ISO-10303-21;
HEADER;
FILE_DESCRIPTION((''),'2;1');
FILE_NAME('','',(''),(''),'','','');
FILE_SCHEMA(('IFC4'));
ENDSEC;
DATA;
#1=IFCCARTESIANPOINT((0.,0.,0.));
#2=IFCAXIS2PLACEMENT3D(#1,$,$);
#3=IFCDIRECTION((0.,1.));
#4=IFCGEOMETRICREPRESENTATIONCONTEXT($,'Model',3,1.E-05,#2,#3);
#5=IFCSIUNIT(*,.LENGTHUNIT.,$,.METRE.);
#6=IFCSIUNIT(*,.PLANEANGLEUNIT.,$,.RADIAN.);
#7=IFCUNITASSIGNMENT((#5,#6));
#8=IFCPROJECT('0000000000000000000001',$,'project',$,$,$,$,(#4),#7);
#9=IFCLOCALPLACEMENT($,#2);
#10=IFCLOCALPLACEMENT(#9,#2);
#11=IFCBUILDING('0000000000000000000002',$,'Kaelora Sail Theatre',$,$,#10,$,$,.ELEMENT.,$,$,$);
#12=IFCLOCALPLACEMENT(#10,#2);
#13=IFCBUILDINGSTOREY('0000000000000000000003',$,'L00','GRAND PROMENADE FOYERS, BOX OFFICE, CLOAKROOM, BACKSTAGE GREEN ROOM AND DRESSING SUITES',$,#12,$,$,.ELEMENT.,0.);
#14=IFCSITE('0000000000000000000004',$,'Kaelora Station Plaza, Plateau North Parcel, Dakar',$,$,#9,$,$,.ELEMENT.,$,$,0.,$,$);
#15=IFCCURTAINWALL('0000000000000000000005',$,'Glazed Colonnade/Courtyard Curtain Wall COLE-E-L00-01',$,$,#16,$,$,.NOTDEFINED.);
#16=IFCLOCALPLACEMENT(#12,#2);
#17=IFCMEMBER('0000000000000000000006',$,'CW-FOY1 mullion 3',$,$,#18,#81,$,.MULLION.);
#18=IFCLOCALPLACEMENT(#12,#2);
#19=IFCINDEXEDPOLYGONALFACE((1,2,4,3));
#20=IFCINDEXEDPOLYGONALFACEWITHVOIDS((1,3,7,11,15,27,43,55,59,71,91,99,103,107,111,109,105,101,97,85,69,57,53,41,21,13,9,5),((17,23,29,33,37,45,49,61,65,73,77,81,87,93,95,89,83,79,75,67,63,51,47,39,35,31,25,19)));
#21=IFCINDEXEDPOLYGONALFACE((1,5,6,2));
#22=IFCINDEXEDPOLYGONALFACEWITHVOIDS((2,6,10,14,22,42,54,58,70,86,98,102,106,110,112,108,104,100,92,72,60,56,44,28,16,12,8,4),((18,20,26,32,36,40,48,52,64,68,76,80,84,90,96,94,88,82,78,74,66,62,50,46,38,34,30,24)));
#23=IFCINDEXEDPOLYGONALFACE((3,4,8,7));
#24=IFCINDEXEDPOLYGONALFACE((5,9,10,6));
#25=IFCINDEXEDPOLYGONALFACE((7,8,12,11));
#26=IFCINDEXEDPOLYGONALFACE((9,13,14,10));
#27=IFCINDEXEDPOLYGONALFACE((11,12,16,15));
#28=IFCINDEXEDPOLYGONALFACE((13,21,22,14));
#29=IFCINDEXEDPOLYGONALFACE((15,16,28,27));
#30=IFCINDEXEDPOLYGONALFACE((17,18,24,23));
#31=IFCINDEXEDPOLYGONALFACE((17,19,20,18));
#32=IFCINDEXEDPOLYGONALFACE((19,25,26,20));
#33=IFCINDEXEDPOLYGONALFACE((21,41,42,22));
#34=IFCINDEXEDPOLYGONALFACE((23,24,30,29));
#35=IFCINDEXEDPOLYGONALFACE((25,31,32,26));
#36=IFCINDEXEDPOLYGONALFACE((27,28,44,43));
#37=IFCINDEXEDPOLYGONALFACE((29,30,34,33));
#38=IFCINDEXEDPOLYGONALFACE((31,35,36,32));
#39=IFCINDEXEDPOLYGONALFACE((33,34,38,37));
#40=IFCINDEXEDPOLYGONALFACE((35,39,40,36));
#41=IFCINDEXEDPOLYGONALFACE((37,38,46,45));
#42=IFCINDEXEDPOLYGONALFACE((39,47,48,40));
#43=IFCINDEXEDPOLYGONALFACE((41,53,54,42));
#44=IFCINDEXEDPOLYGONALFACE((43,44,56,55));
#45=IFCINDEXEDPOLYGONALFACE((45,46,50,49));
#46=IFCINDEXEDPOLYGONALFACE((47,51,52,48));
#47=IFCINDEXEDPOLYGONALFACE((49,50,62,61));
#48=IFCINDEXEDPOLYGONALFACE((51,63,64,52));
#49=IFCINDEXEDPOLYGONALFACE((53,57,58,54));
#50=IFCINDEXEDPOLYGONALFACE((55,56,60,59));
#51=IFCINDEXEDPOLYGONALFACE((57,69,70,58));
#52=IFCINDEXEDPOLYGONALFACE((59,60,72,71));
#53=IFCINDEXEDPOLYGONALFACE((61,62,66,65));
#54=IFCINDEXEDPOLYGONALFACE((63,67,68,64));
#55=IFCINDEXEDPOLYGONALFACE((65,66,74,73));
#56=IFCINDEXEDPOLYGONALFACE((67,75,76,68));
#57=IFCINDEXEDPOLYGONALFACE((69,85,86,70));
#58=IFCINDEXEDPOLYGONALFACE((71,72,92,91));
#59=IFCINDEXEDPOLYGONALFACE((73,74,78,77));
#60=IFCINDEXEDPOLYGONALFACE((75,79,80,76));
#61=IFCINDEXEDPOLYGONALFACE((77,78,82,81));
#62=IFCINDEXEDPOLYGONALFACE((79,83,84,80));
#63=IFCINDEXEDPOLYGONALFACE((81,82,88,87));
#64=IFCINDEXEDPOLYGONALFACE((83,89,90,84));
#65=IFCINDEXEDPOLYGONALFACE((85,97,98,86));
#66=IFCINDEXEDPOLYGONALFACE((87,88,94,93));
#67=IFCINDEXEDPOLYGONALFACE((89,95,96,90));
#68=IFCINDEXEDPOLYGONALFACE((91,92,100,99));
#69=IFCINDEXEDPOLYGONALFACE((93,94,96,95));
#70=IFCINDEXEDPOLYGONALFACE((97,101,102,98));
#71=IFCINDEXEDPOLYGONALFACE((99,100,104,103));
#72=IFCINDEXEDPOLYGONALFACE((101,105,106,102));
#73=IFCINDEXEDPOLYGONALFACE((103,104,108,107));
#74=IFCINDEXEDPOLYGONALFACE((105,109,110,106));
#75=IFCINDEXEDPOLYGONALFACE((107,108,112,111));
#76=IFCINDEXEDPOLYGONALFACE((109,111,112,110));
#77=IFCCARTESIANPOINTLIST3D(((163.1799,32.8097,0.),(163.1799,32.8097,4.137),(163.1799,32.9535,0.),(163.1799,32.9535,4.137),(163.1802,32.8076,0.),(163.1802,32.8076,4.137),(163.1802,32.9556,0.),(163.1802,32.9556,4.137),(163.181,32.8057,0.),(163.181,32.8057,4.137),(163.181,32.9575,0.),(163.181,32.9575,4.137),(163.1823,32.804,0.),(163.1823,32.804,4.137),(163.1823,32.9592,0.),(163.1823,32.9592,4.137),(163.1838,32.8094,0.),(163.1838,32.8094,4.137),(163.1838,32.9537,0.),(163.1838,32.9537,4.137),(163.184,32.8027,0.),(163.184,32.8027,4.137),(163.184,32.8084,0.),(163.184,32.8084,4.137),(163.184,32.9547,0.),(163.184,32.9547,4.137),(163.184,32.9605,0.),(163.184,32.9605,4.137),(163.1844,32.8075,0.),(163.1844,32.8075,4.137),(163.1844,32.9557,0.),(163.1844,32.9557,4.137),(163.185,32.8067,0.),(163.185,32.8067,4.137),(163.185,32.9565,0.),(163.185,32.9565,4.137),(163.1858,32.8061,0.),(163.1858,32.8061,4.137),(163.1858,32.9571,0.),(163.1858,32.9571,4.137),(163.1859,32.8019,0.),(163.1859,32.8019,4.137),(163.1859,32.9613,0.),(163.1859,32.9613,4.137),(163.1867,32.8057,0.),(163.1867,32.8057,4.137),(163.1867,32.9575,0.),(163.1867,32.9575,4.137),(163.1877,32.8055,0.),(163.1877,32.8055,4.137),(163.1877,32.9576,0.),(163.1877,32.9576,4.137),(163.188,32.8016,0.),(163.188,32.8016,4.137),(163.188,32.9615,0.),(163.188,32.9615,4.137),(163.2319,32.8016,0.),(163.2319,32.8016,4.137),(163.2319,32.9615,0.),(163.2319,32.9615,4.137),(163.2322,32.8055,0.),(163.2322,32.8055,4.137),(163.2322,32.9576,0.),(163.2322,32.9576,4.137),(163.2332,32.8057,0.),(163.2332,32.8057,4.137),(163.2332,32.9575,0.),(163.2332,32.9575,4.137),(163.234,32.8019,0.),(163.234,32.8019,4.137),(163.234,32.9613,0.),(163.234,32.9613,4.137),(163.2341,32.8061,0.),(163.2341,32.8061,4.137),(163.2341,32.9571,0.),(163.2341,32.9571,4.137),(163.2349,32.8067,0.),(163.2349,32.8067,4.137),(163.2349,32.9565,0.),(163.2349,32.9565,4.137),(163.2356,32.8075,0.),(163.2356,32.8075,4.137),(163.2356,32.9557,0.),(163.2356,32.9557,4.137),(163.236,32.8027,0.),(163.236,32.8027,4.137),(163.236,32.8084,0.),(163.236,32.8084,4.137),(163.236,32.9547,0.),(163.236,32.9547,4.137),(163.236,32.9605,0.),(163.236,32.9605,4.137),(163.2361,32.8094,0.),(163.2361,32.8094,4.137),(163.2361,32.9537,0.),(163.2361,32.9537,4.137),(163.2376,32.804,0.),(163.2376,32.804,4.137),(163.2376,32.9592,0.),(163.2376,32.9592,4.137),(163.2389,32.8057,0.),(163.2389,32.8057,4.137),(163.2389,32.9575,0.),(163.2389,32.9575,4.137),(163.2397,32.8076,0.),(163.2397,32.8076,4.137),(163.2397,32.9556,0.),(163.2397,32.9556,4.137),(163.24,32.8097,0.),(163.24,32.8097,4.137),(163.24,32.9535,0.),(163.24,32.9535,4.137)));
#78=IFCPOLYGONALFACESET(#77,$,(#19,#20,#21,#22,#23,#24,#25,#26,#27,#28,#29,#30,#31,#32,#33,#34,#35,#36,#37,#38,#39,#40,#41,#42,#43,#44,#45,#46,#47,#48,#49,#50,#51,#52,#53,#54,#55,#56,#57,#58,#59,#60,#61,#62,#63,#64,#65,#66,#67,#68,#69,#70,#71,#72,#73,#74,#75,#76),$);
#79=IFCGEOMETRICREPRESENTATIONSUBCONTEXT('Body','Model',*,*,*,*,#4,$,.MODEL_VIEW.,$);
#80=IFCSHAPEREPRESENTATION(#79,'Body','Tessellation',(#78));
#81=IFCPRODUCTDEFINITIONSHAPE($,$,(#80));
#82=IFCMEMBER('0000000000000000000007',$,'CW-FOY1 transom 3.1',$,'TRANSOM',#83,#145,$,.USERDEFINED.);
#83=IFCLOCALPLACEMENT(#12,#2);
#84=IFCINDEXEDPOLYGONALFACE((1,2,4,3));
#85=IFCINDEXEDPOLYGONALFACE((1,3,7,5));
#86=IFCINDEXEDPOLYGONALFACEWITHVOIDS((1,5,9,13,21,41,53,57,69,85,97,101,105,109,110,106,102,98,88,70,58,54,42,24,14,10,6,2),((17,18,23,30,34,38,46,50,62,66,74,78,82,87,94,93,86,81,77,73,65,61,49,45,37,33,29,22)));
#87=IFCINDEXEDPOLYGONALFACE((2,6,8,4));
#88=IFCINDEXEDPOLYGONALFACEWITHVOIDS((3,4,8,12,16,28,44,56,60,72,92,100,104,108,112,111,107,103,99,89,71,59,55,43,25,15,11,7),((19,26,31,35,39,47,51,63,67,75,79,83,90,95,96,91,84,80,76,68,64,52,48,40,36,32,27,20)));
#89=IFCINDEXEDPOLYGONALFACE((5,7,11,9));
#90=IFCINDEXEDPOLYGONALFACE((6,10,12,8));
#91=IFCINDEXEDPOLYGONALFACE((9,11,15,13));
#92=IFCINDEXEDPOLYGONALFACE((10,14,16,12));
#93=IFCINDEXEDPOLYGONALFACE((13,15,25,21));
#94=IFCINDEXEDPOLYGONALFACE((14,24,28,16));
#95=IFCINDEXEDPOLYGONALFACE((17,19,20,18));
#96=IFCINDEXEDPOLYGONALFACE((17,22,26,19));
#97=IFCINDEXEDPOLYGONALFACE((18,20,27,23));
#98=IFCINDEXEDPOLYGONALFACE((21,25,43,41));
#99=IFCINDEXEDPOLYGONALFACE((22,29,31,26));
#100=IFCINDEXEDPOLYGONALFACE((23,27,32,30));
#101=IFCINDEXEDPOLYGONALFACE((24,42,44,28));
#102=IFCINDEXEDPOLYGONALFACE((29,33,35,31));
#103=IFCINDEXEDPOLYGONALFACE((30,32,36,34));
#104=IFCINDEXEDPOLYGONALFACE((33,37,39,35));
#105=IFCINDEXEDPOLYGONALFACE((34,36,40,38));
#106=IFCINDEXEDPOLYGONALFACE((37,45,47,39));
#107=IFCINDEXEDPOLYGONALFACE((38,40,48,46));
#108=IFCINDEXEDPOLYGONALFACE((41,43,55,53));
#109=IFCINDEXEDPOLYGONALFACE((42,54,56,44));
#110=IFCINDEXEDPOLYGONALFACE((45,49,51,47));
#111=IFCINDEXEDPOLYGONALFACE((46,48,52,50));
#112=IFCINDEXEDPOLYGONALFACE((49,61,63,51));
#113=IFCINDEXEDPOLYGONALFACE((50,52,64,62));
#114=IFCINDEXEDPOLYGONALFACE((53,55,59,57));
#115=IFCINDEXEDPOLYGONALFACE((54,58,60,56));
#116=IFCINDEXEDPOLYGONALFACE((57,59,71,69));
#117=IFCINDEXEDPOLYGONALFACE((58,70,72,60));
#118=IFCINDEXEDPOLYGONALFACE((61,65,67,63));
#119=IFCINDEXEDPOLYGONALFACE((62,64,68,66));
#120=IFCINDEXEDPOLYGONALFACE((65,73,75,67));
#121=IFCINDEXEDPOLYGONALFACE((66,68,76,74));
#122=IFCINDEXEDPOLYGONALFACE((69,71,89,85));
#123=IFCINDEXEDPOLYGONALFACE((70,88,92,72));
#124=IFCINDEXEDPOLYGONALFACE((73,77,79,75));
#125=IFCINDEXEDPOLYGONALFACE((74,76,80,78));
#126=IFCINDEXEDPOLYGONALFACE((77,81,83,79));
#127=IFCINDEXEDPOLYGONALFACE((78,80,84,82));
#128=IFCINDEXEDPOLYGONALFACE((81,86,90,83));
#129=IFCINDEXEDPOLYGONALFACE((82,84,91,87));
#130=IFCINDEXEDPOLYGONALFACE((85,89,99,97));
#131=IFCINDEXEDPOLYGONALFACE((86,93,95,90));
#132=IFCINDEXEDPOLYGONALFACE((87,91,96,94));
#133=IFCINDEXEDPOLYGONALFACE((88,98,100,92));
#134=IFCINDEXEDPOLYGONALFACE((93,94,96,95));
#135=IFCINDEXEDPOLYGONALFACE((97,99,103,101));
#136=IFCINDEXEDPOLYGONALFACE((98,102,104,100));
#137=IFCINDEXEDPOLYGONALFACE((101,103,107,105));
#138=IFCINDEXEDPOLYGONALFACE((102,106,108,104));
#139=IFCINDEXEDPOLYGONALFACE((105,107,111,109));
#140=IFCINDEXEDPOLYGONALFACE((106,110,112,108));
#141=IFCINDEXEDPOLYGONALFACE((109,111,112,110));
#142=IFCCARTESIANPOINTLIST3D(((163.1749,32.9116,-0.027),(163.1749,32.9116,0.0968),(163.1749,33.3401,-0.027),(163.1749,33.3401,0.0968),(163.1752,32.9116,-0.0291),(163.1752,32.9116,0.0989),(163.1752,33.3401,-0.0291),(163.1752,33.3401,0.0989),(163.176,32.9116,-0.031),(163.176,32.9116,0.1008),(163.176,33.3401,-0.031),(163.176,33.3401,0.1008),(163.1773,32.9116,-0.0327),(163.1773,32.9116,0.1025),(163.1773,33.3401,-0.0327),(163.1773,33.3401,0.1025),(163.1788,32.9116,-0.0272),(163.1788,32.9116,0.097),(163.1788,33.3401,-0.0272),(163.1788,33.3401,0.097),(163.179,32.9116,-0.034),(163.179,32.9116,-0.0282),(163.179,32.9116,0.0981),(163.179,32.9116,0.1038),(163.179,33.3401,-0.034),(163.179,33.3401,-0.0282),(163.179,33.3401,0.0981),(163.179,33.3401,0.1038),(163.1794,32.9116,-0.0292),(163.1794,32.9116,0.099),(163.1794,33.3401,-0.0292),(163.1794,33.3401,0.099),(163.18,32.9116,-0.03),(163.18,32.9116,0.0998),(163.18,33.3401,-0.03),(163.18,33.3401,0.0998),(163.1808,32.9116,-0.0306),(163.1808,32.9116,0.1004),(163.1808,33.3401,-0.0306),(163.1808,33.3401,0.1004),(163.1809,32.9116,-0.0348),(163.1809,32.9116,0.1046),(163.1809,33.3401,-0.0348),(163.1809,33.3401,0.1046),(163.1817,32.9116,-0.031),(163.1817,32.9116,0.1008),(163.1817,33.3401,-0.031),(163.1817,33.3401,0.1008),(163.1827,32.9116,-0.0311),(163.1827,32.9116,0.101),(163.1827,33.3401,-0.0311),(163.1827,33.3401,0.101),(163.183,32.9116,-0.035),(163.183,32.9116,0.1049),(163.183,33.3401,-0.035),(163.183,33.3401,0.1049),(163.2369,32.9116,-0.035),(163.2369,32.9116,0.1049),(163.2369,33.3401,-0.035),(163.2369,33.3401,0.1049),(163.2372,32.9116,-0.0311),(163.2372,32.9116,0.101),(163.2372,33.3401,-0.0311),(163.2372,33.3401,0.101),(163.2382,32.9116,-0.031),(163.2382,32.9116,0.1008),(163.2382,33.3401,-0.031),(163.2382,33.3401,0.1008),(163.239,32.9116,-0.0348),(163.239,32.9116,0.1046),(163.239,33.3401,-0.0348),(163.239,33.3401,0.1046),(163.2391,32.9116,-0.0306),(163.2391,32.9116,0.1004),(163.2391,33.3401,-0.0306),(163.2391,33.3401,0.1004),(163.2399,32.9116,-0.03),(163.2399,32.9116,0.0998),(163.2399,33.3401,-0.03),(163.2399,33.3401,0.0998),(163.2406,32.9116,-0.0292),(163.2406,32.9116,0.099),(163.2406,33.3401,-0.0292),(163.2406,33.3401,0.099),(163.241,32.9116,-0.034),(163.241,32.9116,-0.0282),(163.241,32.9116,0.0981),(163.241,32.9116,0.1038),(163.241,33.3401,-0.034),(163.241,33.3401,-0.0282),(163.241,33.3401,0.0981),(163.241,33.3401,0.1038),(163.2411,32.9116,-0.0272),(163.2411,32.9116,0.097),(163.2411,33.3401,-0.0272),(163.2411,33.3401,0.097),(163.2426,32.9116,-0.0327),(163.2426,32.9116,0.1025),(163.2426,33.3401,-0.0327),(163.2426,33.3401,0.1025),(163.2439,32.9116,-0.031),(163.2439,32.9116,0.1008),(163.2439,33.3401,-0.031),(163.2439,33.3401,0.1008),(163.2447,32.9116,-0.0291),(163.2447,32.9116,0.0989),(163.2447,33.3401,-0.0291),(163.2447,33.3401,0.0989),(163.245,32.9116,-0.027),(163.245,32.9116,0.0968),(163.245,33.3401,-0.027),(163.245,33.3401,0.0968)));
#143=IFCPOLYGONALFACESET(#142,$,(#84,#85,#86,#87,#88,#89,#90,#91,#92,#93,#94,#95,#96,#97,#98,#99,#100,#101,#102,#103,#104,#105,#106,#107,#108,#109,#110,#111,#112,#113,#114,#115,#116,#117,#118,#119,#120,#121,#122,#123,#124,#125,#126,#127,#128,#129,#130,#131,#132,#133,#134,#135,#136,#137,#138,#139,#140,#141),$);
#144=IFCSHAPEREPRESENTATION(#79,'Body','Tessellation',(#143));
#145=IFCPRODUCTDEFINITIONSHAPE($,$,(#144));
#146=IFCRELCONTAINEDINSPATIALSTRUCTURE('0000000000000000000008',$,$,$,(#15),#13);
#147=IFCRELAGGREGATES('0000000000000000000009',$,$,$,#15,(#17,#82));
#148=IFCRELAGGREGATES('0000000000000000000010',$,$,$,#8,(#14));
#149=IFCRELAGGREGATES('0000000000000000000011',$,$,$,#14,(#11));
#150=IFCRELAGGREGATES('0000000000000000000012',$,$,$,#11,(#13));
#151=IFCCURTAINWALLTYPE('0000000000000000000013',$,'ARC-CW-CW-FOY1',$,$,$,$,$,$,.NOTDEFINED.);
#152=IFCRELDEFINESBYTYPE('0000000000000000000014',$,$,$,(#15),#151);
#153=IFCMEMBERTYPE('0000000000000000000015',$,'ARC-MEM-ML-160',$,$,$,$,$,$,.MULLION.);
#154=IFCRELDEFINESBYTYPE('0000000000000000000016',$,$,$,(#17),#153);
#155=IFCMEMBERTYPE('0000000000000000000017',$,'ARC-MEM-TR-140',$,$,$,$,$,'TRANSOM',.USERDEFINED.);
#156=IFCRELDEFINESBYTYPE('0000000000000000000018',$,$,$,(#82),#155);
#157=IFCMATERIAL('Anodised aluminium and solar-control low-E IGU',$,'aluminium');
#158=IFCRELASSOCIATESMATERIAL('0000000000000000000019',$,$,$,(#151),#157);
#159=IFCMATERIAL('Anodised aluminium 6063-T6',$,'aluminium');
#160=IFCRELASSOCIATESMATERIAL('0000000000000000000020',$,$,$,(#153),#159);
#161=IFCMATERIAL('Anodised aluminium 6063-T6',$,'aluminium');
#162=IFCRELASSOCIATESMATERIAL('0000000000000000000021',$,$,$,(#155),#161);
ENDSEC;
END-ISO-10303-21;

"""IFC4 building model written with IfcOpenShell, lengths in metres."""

from ifc_helpers import new_model, si_unit, direction, frame, origin, origin_2d, place, context, subcontext, project, spatial, hollow_rectangle, extrude, material, material_profile, profile_set, type_object, element, aggregate, save


model = new_model("IFC4")

# Units and contexts
model_context = context("Model", 3, precision=1e-05, world=origin(), true_north=direction((0.0, 1.0)))
body_context = subcontext(model_context, "Body", "Model", "MODEL_VIEW")
ifc_project = project(units=[si_unit("LENGTHUNIT", "METRE"), si_unit("PLANEANGLEUNIT", "RADIAN")], contexts=[model_context])

# Site, building, storey
site_placement = place(None, origin())
site = spatial("IfcSite", under=ifc_project, at=site_placement, Name="Kaelora Station Plaza, Plateau North Parcel, Dakar", CompositionType="ELEMENT", RefElevation=0.0)
building_placement = place(site_placement, origin())
building = spatial("IfcBuilding", under=site, at=building_placement, Name="Kaelora Sail Theatre", CompositionType="ELEMENT")
storey_placement = place(building_placement, origin())
storey = spatial("IfcBuildingStorey", under=building, at=storey_placement, Name="L00", Description="GRAND PROMENADE FOYERS, BOX OFFICE, CLOAKROOM, BACKSTAGE GREEN ROOM AND DRESSING SUITES", CompositionType="ELEMENT", Elevation=0.0)

# Curtain wall, members
ifc_material_1 = material(Name="Anodised aluminium and solar-control low-E IGU", Category="aluminium")
curtain_wall_type = type_object("IfcCurtainWallType", Name="ARC-CW-CW-FOY1", PredefinedType="NOTDEFINED", material=ifc_material_1)
curtain_wall_placement = place(storey_placement, origin())
curtain_wall = element("IfcCurtainWall", 1, at=curtain_wall_placement, inside=storey, type_object=curtain_wall_type, Name="Glazed Colonnade/Courtyard Curtain Wall COLE-E-L00-01", PredefinedType="NOTDEFINED")
ifc_material_2 = material(Name="Anodised aluminium 6063-T6", Category="aluminium")
ifc_material_profile_1 = material_profile(ifc_material_2, hollow_rectangle(XDim=0.0601, YDim=0.1599, WallThickness=0.0039, InnerFilletRadius=0.0039, OuterFilletRadius=0.0081, at=origin_2d()), Name="ALU-MULL 60x160x4")
ifc_profile_set_1 = profile_set([ifc_material_profile_1], Name="Anodised aluminium 6063-T6")
member_type_1 = type_object("IfcMemberType", Name="ARC-MEM-ML-160", PredefinedType="MULLION", material=ifc_profile_set_1)
member_1_placement = place(storey_placement, frame((163.21, 32.8816, 0.0), z_axis=(0.0, 0.0, 1.0), x_axis=(-1.0, 0.0, 0.0)))
member_1 = element("IfcMember", 2, at=member_1_placement, type_object=member_type_1, Name="CW-FOY1 mullion 3", PredefinedType="MULLION", context=body_context, shape_type="SweptSolid", body=[
    extrude(hollow_rectangle(XDim=0.0601, YDim=0.1599, WallThickness=0.0039, InnerFilletRadius=0.0039, OuterFilletRadius=0.0081, at=origin_2d()), origin(), (0.0, 0.0, 1.0), 4.137),
])
ifc_material_3 = material(Name="Anodised aluminium 6063-T6", Category="aluminium")
ifc_material_profile_2 = material_profile(ifc_material_3, hollow_rectangle(XDim=0.0701, YDim=0.1399, WallThickness=0.0039, InnerFilletRadius=0.0039, OuterFilletRadius=0.0081, at=origin_2d()), Name="ALU-TRAN 70x140x4")
ifc_profile_set_2 = profile_set([ifc_material_profile_2], Name="Anodised aluminium 6063-T6")
member_type_2 = type_object("IfcMemberType", Name="ARC-MEM-TR-140", ElementType="TRANSOM", PredefinedType="USERDEFINED", material=ifc_profile_set_2)
member_2_placement = place(storey_placement, frame((163.21, 32.9116, 0.0349), z_axis=(0.0, 1.0, 0.0), x_axis=(-1.0, 0.0, 0.0)))
member_2 = element("IfcMember", 3, at=member_2_placement, type_object=member_type_2, Name="CW-FOY1 transom 3.1", ObjectType="TRANSOM", PredefinedType="USERDEFINED", context=body_context, shape_type="SweptSolid", body=[
    extrude(hollow_rectangle(XDim=0.0701, YDim=0.1399, WallThickness=0.0039, InnerFilletRadius=0.0039, OuterFilletRadius=0.0081, at=origin_2d()), origin(), (0.0, 0.0, 1.0), 0.4285),
])

aggregate(curtain_wall, [member_1, member_2])

save(model, "model.ifc")
